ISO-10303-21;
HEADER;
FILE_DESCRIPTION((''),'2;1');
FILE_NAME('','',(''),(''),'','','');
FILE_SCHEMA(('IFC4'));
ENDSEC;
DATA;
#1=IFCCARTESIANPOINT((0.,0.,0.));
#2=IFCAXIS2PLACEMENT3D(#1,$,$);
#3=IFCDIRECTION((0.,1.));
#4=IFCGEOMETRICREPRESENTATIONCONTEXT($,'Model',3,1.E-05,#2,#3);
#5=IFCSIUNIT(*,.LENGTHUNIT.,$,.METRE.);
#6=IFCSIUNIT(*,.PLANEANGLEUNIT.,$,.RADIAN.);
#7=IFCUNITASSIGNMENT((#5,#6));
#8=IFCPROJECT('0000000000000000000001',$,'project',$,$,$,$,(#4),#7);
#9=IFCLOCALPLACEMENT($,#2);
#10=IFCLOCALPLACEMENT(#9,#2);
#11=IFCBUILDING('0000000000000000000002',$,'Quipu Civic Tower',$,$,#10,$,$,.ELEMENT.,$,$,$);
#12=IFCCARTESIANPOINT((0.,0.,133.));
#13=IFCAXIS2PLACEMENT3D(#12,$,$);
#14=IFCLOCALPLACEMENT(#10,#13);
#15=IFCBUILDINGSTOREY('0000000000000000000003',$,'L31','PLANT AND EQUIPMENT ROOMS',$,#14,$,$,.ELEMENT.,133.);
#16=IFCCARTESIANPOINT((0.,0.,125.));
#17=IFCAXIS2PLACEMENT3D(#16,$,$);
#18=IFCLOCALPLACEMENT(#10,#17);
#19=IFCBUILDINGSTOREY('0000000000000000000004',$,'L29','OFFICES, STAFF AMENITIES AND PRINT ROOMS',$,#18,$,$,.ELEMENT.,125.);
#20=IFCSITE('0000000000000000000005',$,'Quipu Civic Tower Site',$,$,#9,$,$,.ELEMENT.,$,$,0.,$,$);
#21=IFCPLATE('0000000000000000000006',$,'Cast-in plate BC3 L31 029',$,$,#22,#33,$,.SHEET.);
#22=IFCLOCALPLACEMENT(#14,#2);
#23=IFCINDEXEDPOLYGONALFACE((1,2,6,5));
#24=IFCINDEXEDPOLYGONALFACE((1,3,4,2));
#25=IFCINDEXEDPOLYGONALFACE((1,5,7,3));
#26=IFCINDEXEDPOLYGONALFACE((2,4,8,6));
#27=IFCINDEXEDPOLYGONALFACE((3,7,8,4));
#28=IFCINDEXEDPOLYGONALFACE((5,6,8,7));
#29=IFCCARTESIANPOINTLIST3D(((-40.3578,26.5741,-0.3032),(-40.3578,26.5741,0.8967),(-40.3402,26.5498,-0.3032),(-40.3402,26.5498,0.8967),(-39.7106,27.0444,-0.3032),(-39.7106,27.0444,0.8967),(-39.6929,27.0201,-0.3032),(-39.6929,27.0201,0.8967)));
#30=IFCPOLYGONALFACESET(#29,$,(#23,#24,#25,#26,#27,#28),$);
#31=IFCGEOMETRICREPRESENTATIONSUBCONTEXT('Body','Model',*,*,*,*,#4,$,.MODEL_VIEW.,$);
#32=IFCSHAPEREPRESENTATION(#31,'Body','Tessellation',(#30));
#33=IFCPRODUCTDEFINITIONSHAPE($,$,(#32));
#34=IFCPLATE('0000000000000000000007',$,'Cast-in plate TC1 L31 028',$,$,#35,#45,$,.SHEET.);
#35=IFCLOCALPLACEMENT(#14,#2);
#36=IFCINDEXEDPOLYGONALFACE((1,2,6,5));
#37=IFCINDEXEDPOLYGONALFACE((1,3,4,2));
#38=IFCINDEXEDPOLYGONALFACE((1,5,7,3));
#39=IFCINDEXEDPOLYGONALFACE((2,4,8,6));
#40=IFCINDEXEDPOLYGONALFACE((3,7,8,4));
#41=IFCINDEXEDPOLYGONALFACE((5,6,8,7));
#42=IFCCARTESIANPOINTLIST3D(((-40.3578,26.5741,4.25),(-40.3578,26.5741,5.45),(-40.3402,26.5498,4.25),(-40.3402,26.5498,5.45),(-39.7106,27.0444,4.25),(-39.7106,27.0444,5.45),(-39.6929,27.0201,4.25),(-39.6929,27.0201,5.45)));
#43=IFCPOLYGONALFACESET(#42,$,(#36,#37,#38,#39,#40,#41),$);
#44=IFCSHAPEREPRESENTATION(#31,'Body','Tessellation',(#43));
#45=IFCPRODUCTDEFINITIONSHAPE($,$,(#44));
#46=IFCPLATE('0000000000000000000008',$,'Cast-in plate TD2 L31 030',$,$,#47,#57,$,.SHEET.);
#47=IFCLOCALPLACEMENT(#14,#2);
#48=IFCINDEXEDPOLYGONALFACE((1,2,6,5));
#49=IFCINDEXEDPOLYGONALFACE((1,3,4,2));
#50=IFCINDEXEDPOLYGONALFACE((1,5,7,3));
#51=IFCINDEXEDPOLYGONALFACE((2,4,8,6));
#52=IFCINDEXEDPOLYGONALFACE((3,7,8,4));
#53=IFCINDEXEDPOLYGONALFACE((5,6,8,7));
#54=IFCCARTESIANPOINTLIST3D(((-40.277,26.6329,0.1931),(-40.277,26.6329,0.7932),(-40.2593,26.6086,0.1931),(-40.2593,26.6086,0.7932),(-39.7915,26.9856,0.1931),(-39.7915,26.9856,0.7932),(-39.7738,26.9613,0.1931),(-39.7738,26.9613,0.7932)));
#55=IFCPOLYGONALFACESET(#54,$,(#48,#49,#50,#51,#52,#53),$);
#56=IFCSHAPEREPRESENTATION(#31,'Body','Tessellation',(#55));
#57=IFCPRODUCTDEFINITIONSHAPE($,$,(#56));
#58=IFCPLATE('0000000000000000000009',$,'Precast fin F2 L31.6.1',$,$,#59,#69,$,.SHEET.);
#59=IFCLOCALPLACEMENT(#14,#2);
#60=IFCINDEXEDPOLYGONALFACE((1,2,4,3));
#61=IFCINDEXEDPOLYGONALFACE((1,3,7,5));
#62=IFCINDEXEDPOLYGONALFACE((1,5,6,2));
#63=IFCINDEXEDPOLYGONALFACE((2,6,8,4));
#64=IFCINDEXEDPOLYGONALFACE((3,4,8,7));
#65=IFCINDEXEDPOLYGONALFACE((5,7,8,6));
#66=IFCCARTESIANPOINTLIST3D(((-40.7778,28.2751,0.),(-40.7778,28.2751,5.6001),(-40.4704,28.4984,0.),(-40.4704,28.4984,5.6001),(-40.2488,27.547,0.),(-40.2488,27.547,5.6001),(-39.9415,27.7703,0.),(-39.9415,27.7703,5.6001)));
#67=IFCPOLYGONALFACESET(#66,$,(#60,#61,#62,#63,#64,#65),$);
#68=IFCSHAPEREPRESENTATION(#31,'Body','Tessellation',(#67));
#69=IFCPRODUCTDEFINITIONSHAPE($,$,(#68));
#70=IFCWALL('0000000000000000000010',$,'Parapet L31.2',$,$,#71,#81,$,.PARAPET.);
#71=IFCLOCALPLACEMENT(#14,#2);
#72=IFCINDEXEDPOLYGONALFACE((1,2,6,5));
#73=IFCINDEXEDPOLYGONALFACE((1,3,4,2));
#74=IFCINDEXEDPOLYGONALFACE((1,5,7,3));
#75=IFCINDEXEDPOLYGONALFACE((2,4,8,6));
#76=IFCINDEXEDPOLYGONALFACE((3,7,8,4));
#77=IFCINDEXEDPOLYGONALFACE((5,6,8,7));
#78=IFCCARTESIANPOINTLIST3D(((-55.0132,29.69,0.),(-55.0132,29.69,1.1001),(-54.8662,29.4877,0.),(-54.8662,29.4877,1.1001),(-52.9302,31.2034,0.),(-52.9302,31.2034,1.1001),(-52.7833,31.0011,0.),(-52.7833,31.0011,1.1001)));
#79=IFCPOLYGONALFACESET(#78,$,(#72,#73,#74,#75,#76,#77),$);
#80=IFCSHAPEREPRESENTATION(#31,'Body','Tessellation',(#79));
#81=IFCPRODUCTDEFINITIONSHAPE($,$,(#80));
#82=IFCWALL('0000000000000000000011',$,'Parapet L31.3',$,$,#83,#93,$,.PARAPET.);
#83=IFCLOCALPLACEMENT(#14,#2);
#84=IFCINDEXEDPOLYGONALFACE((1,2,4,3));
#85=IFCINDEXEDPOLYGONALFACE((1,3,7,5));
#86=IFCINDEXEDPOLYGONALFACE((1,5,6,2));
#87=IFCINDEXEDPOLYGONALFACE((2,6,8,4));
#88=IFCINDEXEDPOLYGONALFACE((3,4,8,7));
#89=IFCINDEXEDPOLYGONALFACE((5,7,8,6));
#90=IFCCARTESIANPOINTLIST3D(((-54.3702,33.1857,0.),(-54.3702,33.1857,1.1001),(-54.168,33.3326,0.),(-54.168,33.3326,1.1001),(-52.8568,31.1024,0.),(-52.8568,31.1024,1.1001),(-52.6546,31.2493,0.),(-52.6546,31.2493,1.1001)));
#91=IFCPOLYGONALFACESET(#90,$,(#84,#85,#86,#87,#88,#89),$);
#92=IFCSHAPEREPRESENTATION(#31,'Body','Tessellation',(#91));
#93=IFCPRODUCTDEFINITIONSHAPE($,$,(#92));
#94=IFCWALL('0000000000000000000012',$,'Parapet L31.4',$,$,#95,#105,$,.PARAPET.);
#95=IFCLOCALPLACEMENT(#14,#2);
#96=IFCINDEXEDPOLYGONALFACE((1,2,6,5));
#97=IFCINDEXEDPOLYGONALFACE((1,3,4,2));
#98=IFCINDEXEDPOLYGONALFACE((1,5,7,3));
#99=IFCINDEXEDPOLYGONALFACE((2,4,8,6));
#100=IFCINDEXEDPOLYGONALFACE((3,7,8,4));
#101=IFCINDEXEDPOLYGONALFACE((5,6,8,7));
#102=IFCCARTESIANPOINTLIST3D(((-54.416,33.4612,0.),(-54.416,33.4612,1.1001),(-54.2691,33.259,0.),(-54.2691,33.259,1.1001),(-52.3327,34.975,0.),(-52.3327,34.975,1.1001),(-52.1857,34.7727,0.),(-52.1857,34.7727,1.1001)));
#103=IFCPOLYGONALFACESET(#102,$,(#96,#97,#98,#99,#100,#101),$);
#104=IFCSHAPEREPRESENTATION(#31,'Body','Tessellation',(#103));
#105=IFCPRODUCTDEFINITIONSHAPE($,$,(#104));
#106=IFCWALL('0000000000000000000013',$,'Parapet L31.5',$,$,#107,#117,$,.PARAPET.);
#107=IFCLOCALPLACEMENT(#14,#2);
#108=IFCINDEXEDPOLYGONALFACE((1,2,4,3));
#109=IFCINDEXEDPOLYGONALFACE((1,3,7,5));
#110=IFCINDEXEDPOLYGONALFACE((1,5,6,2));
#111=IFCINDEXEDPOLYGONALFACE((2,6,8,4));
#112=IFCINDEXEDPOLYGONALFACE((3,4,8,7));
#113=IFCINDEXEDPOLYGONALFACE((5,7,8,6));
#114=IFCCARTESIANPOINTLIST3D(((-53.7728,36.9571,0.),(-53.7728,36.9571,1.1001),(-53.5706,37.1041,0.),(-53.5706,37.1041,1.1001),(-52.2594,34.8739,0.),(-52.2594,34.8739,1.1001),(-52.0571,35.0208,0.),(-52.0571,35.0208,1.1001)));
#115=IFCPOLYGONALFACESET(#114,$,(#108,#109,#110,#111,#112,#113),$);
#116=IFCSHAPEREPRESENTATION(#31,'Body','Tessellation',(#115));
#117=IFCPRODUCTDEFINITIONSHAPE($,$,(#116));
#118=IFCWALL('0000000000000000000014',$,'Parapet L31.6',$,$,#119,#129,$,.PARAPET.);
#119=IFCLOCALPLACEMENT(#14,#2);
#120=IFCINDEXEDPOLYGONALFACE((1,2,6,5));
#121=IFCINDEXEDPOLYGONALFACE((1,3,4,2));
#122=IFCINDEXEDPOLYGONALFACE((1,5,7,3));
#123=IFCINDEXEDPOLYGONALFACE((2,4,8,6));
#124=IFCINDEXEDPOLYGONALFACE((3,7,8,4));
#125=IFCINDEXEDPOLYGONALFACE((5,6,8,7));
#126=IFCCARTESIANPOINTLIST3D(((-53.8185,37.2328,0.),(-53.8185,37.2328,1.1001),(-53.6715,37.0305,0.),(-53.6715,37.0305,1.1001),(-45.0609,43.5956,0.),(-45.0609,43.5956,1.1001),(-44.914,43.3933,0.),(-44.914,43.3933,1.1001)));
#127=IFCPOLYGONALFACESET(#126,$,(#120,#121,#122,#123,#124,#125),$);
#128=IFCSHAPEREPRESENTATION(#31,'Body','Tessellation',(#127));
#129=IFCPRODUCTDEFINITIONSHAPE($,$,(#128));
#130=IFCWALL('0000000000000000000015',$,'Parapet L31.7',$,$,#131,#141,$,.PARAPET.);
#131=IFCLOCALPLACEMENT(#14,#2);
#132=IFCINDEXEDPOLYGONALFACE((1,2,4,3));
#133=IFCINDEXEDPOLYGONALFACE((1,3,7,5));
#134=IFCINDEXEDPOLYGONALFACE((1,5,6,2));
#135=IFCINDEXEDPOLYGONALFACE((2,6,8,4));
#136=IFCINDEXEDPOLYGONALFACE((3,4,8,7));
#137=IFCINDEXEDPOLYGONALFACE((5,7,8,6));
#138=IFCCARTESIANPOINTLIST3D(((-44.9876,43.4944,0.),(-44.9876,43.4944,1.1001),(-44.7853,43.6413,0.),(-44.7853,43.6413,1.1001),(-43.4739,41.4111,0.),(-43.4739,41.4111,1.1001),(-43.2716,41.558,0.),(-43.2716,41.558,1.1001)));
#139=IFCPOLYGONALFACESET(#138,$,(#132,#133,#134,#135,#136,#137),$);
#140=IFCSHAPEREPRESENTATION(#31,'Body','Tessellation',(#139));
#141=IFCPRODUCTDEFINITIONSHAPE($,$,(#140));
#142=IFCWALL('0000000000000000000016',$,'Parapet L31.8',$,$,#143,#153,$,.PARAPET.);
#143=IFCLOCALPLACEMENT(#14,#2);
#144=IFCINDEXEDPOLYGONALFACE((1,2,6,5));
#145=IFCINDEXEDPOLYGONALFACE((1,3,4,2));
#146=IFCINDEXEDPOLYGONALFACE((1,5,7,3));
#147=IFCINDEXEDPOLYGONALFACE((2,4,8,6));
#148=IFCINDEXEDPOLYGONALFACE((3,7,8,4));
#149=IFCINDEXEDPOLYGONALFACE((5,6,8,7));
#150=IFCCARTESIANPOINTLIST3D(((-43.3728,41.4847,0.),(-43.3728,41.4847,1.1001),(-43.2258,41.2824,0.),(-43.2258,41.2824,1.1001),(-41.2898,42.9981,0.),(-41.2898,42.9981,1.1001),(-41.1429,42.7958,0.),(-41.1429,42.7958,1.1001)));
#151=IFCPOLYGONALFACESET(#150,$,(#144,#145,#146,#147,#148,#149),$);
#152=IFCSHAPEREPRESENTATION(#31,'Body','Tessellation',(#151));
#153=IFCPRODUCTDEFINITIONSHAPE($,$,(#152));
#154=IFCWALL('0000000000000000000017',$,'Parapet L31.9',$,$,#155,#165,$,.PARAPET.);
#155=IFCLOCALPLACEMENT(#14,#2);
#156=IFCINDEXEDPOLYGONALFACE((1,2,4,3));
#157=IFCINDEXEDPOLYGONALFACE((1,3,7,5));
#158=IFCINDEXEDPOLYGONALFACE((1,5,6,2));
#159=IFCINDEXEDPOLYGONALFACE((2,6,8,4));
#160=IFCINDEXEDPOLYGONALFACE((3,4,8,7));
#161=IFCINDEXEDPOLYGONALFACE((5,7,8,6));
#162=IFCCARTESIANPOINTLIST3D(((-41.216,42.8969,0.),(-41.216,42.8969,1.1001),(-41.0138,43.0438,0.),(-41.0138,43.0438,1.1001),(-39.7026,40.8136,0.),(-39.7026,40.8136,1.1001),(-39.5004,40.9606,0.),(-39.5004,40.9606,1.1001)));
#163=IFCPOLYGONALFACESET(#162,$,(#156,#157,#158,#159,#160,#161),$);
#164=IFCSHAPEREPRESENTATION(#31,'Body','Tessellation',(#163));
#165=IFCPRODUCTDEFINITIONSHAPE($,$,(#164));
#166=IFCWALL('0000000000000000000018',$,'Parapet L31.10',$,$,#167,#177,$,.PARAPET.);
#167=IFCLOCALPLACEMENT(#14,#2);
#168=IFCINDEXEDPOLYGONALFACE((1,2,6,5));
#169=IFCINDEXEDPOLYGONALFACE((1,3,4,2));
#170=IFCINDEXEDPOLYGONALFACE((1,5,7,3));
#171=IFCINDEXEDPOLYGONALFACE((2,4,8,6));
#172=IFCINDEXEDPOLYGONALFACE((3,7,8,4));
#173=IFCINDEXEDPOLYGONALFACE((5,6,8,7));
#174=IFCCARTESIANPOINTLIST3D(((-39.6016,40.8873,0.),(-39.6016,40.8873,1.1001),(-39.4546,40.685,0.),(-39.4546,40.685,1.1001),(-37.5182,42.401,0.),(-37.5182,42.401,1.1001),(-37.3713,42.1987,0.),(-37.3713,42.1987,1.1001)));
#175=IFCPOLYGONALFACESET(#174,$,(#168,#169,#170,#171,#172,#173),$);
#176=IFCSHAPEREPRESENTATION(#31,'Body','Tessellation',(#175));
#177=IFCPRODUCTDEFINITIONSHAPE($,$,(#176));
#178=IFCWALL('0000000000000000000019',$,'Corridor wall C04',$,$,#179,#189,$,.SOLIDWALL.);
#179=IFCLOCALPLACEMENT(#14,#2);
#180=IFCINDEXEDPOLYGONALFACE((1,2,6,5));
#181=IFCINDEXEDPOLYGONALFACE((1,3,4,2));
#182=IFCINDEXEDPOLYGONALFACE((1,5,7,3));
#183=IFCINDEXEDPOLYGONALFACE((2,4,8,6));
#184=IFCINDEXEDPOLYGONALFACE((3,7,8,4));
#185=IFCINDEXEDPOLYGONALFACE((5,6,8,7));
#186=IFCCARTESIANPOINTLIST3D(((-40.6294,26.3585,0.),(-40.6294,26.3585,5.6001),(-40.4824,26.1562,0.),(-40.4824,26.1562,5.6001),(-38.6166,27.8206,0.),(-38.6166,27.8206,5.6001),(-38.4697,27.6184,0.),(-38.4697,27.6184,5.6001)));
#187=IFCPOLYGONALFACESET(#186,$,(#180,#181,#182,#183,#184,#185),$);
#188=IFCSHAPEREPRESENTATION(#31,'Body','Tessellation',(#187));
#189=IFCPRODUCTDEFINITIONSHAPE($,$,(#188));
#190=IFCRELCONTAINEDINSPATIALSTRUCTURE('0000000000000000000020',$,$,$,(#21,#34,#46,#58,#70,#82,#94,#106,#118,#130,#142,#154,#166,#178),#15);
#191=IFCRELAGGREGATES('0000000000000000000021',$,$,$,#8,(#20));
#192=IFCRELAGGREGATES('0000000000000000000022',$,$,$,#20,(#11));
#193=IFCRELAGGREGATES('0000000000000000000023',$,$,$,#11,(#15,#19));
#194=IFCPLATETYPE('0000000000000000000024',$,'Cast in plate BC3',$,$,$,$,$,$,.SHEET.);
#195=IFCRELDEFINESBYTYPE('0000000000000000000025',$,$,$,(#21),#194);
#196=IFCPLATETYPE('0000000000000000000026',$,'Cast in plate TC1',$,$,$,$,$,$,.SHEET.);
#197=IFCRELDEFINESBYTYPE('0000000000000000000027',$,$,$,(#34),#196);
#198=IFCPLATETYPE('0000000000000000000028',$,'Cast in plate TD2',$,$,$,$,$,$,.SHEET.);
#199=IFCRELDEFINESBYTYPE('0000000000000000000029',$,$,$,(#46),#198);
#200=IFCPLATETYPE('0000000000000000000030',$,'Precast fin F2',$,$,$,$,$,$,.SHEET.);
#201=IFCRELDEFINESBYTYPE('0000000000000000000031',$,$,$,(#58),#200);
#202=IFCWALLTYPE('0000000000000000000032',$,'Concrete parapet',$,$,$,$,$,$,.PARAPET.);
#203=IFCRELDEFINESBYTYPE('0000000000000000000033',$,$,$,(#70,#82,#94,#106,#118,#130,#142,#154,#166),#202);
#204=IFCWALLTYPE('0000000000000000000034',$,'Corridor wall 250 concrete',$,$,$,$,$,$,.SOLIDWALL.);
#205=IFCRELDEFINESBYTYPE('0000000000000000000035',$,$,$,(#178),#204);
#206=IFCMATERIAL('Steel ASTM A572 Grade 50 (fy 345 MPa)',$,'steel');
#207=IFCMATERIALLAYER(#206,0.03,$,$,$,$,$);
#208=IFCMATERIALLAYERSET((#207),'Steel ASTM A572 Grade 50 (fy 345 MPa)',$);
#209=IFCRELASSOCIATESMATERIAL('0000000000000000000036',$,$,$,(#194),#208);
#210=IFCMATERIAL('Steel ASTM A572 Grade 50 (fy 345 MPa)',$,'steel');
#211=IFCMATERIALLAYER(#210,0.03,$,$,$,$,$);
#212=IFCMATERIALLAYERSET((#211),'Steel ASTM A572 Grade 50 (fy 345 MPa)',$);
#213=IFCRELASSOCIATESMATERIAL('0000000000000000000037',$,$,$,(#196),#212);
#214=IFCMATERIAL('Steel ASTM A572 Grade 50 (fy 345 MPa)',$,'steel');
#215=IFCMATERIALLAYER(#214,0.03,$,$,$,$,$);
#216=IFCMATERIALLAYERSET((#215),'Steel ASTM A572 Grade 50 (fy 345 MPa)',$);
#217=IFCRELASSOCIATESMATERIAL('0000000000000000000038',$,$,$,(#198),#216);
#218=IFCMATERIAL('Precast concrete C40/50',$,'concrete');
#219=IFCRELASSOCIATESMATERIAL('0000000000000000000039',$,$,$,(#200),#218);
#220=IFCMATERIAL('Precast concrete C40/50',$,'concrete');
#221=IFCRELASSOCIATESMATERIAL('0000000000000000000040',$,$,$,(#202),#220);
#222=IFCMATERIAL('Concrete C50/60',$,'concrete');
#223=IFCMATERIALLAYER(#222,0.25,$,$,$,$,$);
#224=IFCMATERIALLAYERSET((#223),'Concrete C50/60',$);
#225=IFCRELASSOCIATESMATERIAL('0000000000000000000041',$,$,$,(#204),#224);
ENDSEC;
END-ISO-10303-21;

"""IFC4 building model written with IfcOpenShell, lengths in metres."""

from ifc_helpers import new_model, si_unit, direction, frame, frame_2d, origin, origin_2d, place, context, subcontext, project, spatial, rectangle, extrude, material, layer, layer_set, type_object, element, save


model = new_model("IFC4")

# Units and contexts
model_context = context("Model", 3, precision=1e-05, world=origin(), true_north=direction((0.0, 1.0)))
body_context = subcontext(model_context, "Body", "Model", "MODEL_VIEW")
ifc_project = project(units=[si_unit("LENGTHUNIT", "METRE"), si_unit("PLANEANGLEUNIT", "RADIAN")], contexts=[model_context])

# Site, building, storey
site_placement = place(None, origin())
site = spatial("IfcSite", under=ifc_project, at=site_placement, Name="Quipu Civic Tower Site", CompositionType="ELEMENT", RefElevation=0.0)
building_placement = place(site_placement, origin())
building = spatial("IfcBuilding", under=site, at=building_placement, Name="Quipu Civic Tower", CompositionType="ELEMENT")
storey_1_placement = place(building_placement, frame((0.0, 0.0, 133.0)))
storey_1 = spatial("IfcBuildingStorey", under=building, at=storey_1_placement, Name="L31", Description="PLANT AND EQUIPMENT ROOMS", CompositionType="ELEMENT", Elevation=133.0)

# Shared definitions
storey_2_placement = place(building_placement, frame((0.0, 0.0, 125.0)))
storey_2 = spatial("IfcBuildingStorey", under=building, at=storey_2_placement, Name="L29", Description="OFFICES, STAFF AMENITIES AND PRINT ROOMS", CompositionType="ELEMENT", Elevation=125.0)

# Plates
ifc_material_1 = material(Name="Steel ASTM A572 Grade 50 (fy 345 MPa)", Category="steel")
ifc_layer_1 = layer(ifc_material_1, 0.03)
ifc_layer_set_1 = layer_set([ifc_layer_1], Name="Steel ASTM A572 Grade 50 (fy 345 MPa)")
plate_type_1 = type_object("IfcPlateType", Name="Cast in plate BC3", PredefinedType="SHEET", material=ifc_layer_set_1)
plate_1_placement = place(storey_1_placement, frame((-40.0254, 26.7971, -0.3032), z_axis=(0.0, 0.0, 1.0), x_axis=(0.809027, 0.587771, 0.0)))
element("IfcPlate", 1, at=plate_1_placement, inside=storey_1, type_object=plate_type_1, Name="Cast-in plate BC3 L31 029", PredefinedType="SHEET", context=body_context, shape_type="SweptSolid", body=[
    extrude(rectangle(XDim=0.8, YDim=0.03, at=origin_2d()), origin(), (0.0, 0.0, 1.0), 1.2),
])
ifc_material_2 = material(Name="Steel ASTM A572 Grade 50 (fy 345 MPa)", Category="steel")
ifc_layer_2 = layer(ifc_material_2, 0.03)
ifc_layer_set_2 = layer_set([ifc_layer_2], Name="Steel ASTM A572 Grade 50 (fy 345 MPa)")
plate_type_2 = type_object("IfcPlateType", Name="Cast in plate TC1", PredefinedType="SHEET", material=ifc_layer_set_2)
plate_2_placement = place(storey_1_placement, frame((-40.0254, 26.7971, 4.25), z_axis=(0.0, 0.0, 1.0), x_axis=(0.809027, 0.587771, 0.0)))
element("IfcPlate", 2, at=plate_2_placement, inside=storey_1, type_object=plate_type_2, Name="Cast-in plate TC1 L31 028", PredefinedType="SHEET", context=body_context, shape_type="SweptSolid", body=[
    extrude(rectangle(XDim=0.8, YDim=0.03, at=origin_2d()), origin(), (0.0, 0.0, 1.0), 1.2),
])
ifc_material_3 = material(Name="Steel ASTM A572 Grade 50 (fy 345 MPa)", Category="steel")
ifc_layer_3 = layer(ifc_material_3, 0.03)
ifc_layer_set_3 = layer_set([ifc_layer_3], Name="Steel ASTM A572 Grade 50 (fy 345 MPa)")
plate_type_3 = type_object("IfcPlateType", Name="Cast in plate TD2", PredefinedType="SHEET", material=ifc_layer_set_3)
plate_3_placement = place(storey_1_placement, frame((-40.0254, 26.7971, 0.1931), z_axis=(0.0, 0.0, 1.0), x_axis=(0.809027, 0.587771, 0.0)))
element("IfcPlate", 3, at=plate_3_placement, inside=storey_1, type_object=plate_type_3, Name="Cast-in plate TD2 L31 030", PredefinedType="SHEET", context=body_context, shape_type="SweptSolid", body=[
    extrude(rectangle(XDim=0.6001, YDim=0.03, at=origin_2d()), origin(), (0.0, 0.0, 1.0), 0.6001),
])
ifc_material_4 = material(Name="Precast concrete C40/50", Category="concrete")
plate_type_4 = type_object("IfcPlateType", Name="Precast fin F2", PredefinedType="SHEET", material=ifc_material_4)
plate_4_placement = place(storey_1_placement, frame((-40.3596, 28.0227, 0.0), z_axis=(0.0, 0.0, 1.0), x_axis=(-0.809017, -0.587785, 0.0)))
element("IfcPlate", 4, at=plate_4_placement, inside=storey_1, type_object=plate_type_4, Name="Precast fin F2 L31.6.1", PredefinedType="SHEET", context=body_context, shape_type="SweptSolid", body=[
    extrude(rectangle(XDim=0.3799, YDim=0.8999, at=origin_2d()), origin(), (0.0, 0.0, 1.0), 5.6001),
])

# Walls
ifc_material_5 = material(Name="Precast concrete C40/50", Category="concrete")
wall_type_1 = type_object("IfcWallType", Name="Concrete parapet", PredefinedType="PARAPET", material=ifc_material_5)
wall_1_placement = place(storey_1_placement, frame((-54.9397, 29.5889, 0.0), z_axis=(0.0, 0.0, 1.0), x_axis=(0.809011, 0.587794, 0.0)))
element("IfcWall", 5, at=wall_1_placement, inside=storey_1, type_object=wall_type_1, Name="Parapet L31.2", PredefinedType="PARAPET", context=body_context, shape_type="SweptSolid", body=[
    extrude(rectangle(XDim=2.5747, YDim=0.25, at=frame_2d((1.2874, 0.0))), origin(), (0.0, 0.0, 1.0), 1.1001),
])
wall_2_placement = place(storey_1_placement, frame((-52.7556, 31.1758, 0.0), z_axis=(0.0, 0.0, 1.0), x_axis=(-0.587749, 0.809043, 0.0)))
element("IfcWall", 6, at=wall_2_placement, inside=storey_1, type_object=wall_type_1, Name="Parapet L31.3", PredefinedType="PARAPET", context=body_context, shape_type="SweptSolid", body=[
    extrude(rectangle(XDim=2.575, YDim=0.25, at=frame_2d((1.2876, 0.0))), origin(), (0.0, 0.0, 1.0), 1.1001),
])
wall_3_placement = place(storey_1_placement, frame((-54.3425, 33.3601, 0.0), z_axis=(0.0, 0.0, 1.0), x_axis=(0.808998, 0.587811, 0.0)))
element("IfcWall", 7, at=wall_3_placement, inside=storey_1, type_object=wall_type_1, Name="Parapet L31.4", PredefinedType="PARAPET", context=body_context, shape_type="SweptSolid", body=[
    extrude(rectangle(XDim=2.5752, YDim=0.25, at=frame_2d((1.2876, 0.0))), origin(), (0.0, 0.0, 1.0), 1.1001),
])
wall_4_placement = place(storey_1_placement, frame((-52.1582, 34.9473, 0.0), z_axis=(0.0, 0.0, 1.0), x_axis=(-0.587749, 0.809043, 0.0)))
element("IfcWall", 8, at=wall_4_placement, inside=storey_1, type_object=wall_type_1, Name="Parapet L31.5", PredefinedType="PARAPET", context=body_context, shape_type="SweptSolid", body=[
    extrude(rectangle(XDim=2.575, YDim=0.25, at=frame_2d((1.2876, 0.0))), origin(), (0.0, 0.0, 1.0), 1.1001),
])
wall_5_placement = place(storey_1_placement, frame((-53.7451, 37.1316, 0.0), z_axis=(0.0, 0.0, 1.0), x_axis=(0.809015, 0.587788, 0.0)))
element("IfcWall", 9, at=wall_5_placement, inside=storey_1, type_object=wall_type_1, Name="Parapet L31.6", PredefinedType="PARAPET", context=body_context, shape_type="SweptSolid", body=[
    extrude(rectangle(XDim=10.825, YDim=0.25, at=frame_2d((5.4126, 0.0))), origin(), (0.0, 0.0, 1.0), 1.1001),
])
wall_6_placement = place(storey_1_placement, frame((-44.8865, 43.5679, 0.0), z_axis=(0.0, 0.0, 1.0), x_axis=(0.587811, -0.808998, 0.0)))
element("IfcWall", 10, at=wall_6_placement, inside=storey_1, type_object=wall_type_1, Name="Parapet L31.7", PredefinedType="PARAPET", context=body_context, shape_type="SweptSolid", body=[
    extrude(rectangle(XDim=2.5752, YDim=0.25, at=frame_2d((1.2876, 0.0))), origin(), (0.0, 0.0, 1.0), 1.1001),
])
wall_7_placement = place(storey_1_placement, frame((-43.2993, 41.3835, 0.0), z_axis=(0.0, 0.0, 1.0), x_axis=(0.809011, 0.587794, 0.0)))
element("IfcWall", 11, at=wall_7_placement, inside=storey_1, type_object=wall_type_1, Name="Parapet L31.8", PredefinedType="PARAPET", context=body_context, shape_type="SweptSolid", body=[
    extrude(rectangle(XDim=2.5747, YDim=0.25, at=frame_2d((1.2874, 0.0))), origin(), (0.0, 0.0, 1.0), 1.1001),
])
wall_8_placement = place(storey_1_placement, frame((-41.115, 42.9705, 0.0), z_axis=(0.0, 0.0, 1.0), x_axis=(0.587749, -0.809043, 0.0)))
element("IfcWall", 12, at=wall_8_placement, inside=storey_1, type_object=wall_type_1, Name="Parapet L31.9", PredefinedType="PARAPET", context=body_context, shape_type="SweptSolid", body=[
    extrude(rectangle(XDim=2.575, YDim=0.25, at=frame_2d((1.2876, 0.0))), origin(), (0.0, 0.0, 1.0), 1.1001),
])
wall_9_placement = place(storey_1_placement, frame((-39.5281, 40.7861, 0.0), z_axis=(0.0, 0.0, 1.0), x_axis=(0.808998, 0.587811, 0.0)))
element("IfcWall", 13, at=wall_9_placement, inside=storey_1, type_object=wall_type_1, Name="Parapet L31.10", PredefinedType="PARAPET", context=body_context, shape_type="SweptSolid", body=[
    extrude(rectangle(XDim=2.5752, YDim=0.25, at=frame_2d((1.2876, 0.0))), origin(), (0.0, 0.0, 1.0), 1.1001),
])
ifc_material_6 = material(Name="Concrete C50/60", Category="concrete")
ifc_layer_4 = layer(ifc_material_6, 0.25)
ifc_layer_set_4 = layer_set([ifc_layer_4], Name="Concrete C50/60")
wall_type_2 = type_object("IfcWallType", Name="Corridor wall 250 concrete", PredefinedType="SOLIDWALL", material=ifc_layer_set_4)
wall_10_placement = place(storey_1_placement, frame((-40.5559, 26.2573, 0.0), z_axis=(0.0, 0.0, 1.0), x_axis=(0.809046, 0.587746, 0.0)))
element("IfcWall", 14, at=wall_10_placement, inside=storey_1, type_object=wall_type_2, Name="Corridor wall C04", PredefinedType="SOLIDWALL", context=body_context, shape_type="SweptSolid", body=[
    extrude(rectangle(XDim=2.4878, YDim=0.25, at=frame_2d((1.2439, 0.0))), origin(), (0.0, 0.0, 1.0), 5.6001),
])

save(model, "model.ifc")
